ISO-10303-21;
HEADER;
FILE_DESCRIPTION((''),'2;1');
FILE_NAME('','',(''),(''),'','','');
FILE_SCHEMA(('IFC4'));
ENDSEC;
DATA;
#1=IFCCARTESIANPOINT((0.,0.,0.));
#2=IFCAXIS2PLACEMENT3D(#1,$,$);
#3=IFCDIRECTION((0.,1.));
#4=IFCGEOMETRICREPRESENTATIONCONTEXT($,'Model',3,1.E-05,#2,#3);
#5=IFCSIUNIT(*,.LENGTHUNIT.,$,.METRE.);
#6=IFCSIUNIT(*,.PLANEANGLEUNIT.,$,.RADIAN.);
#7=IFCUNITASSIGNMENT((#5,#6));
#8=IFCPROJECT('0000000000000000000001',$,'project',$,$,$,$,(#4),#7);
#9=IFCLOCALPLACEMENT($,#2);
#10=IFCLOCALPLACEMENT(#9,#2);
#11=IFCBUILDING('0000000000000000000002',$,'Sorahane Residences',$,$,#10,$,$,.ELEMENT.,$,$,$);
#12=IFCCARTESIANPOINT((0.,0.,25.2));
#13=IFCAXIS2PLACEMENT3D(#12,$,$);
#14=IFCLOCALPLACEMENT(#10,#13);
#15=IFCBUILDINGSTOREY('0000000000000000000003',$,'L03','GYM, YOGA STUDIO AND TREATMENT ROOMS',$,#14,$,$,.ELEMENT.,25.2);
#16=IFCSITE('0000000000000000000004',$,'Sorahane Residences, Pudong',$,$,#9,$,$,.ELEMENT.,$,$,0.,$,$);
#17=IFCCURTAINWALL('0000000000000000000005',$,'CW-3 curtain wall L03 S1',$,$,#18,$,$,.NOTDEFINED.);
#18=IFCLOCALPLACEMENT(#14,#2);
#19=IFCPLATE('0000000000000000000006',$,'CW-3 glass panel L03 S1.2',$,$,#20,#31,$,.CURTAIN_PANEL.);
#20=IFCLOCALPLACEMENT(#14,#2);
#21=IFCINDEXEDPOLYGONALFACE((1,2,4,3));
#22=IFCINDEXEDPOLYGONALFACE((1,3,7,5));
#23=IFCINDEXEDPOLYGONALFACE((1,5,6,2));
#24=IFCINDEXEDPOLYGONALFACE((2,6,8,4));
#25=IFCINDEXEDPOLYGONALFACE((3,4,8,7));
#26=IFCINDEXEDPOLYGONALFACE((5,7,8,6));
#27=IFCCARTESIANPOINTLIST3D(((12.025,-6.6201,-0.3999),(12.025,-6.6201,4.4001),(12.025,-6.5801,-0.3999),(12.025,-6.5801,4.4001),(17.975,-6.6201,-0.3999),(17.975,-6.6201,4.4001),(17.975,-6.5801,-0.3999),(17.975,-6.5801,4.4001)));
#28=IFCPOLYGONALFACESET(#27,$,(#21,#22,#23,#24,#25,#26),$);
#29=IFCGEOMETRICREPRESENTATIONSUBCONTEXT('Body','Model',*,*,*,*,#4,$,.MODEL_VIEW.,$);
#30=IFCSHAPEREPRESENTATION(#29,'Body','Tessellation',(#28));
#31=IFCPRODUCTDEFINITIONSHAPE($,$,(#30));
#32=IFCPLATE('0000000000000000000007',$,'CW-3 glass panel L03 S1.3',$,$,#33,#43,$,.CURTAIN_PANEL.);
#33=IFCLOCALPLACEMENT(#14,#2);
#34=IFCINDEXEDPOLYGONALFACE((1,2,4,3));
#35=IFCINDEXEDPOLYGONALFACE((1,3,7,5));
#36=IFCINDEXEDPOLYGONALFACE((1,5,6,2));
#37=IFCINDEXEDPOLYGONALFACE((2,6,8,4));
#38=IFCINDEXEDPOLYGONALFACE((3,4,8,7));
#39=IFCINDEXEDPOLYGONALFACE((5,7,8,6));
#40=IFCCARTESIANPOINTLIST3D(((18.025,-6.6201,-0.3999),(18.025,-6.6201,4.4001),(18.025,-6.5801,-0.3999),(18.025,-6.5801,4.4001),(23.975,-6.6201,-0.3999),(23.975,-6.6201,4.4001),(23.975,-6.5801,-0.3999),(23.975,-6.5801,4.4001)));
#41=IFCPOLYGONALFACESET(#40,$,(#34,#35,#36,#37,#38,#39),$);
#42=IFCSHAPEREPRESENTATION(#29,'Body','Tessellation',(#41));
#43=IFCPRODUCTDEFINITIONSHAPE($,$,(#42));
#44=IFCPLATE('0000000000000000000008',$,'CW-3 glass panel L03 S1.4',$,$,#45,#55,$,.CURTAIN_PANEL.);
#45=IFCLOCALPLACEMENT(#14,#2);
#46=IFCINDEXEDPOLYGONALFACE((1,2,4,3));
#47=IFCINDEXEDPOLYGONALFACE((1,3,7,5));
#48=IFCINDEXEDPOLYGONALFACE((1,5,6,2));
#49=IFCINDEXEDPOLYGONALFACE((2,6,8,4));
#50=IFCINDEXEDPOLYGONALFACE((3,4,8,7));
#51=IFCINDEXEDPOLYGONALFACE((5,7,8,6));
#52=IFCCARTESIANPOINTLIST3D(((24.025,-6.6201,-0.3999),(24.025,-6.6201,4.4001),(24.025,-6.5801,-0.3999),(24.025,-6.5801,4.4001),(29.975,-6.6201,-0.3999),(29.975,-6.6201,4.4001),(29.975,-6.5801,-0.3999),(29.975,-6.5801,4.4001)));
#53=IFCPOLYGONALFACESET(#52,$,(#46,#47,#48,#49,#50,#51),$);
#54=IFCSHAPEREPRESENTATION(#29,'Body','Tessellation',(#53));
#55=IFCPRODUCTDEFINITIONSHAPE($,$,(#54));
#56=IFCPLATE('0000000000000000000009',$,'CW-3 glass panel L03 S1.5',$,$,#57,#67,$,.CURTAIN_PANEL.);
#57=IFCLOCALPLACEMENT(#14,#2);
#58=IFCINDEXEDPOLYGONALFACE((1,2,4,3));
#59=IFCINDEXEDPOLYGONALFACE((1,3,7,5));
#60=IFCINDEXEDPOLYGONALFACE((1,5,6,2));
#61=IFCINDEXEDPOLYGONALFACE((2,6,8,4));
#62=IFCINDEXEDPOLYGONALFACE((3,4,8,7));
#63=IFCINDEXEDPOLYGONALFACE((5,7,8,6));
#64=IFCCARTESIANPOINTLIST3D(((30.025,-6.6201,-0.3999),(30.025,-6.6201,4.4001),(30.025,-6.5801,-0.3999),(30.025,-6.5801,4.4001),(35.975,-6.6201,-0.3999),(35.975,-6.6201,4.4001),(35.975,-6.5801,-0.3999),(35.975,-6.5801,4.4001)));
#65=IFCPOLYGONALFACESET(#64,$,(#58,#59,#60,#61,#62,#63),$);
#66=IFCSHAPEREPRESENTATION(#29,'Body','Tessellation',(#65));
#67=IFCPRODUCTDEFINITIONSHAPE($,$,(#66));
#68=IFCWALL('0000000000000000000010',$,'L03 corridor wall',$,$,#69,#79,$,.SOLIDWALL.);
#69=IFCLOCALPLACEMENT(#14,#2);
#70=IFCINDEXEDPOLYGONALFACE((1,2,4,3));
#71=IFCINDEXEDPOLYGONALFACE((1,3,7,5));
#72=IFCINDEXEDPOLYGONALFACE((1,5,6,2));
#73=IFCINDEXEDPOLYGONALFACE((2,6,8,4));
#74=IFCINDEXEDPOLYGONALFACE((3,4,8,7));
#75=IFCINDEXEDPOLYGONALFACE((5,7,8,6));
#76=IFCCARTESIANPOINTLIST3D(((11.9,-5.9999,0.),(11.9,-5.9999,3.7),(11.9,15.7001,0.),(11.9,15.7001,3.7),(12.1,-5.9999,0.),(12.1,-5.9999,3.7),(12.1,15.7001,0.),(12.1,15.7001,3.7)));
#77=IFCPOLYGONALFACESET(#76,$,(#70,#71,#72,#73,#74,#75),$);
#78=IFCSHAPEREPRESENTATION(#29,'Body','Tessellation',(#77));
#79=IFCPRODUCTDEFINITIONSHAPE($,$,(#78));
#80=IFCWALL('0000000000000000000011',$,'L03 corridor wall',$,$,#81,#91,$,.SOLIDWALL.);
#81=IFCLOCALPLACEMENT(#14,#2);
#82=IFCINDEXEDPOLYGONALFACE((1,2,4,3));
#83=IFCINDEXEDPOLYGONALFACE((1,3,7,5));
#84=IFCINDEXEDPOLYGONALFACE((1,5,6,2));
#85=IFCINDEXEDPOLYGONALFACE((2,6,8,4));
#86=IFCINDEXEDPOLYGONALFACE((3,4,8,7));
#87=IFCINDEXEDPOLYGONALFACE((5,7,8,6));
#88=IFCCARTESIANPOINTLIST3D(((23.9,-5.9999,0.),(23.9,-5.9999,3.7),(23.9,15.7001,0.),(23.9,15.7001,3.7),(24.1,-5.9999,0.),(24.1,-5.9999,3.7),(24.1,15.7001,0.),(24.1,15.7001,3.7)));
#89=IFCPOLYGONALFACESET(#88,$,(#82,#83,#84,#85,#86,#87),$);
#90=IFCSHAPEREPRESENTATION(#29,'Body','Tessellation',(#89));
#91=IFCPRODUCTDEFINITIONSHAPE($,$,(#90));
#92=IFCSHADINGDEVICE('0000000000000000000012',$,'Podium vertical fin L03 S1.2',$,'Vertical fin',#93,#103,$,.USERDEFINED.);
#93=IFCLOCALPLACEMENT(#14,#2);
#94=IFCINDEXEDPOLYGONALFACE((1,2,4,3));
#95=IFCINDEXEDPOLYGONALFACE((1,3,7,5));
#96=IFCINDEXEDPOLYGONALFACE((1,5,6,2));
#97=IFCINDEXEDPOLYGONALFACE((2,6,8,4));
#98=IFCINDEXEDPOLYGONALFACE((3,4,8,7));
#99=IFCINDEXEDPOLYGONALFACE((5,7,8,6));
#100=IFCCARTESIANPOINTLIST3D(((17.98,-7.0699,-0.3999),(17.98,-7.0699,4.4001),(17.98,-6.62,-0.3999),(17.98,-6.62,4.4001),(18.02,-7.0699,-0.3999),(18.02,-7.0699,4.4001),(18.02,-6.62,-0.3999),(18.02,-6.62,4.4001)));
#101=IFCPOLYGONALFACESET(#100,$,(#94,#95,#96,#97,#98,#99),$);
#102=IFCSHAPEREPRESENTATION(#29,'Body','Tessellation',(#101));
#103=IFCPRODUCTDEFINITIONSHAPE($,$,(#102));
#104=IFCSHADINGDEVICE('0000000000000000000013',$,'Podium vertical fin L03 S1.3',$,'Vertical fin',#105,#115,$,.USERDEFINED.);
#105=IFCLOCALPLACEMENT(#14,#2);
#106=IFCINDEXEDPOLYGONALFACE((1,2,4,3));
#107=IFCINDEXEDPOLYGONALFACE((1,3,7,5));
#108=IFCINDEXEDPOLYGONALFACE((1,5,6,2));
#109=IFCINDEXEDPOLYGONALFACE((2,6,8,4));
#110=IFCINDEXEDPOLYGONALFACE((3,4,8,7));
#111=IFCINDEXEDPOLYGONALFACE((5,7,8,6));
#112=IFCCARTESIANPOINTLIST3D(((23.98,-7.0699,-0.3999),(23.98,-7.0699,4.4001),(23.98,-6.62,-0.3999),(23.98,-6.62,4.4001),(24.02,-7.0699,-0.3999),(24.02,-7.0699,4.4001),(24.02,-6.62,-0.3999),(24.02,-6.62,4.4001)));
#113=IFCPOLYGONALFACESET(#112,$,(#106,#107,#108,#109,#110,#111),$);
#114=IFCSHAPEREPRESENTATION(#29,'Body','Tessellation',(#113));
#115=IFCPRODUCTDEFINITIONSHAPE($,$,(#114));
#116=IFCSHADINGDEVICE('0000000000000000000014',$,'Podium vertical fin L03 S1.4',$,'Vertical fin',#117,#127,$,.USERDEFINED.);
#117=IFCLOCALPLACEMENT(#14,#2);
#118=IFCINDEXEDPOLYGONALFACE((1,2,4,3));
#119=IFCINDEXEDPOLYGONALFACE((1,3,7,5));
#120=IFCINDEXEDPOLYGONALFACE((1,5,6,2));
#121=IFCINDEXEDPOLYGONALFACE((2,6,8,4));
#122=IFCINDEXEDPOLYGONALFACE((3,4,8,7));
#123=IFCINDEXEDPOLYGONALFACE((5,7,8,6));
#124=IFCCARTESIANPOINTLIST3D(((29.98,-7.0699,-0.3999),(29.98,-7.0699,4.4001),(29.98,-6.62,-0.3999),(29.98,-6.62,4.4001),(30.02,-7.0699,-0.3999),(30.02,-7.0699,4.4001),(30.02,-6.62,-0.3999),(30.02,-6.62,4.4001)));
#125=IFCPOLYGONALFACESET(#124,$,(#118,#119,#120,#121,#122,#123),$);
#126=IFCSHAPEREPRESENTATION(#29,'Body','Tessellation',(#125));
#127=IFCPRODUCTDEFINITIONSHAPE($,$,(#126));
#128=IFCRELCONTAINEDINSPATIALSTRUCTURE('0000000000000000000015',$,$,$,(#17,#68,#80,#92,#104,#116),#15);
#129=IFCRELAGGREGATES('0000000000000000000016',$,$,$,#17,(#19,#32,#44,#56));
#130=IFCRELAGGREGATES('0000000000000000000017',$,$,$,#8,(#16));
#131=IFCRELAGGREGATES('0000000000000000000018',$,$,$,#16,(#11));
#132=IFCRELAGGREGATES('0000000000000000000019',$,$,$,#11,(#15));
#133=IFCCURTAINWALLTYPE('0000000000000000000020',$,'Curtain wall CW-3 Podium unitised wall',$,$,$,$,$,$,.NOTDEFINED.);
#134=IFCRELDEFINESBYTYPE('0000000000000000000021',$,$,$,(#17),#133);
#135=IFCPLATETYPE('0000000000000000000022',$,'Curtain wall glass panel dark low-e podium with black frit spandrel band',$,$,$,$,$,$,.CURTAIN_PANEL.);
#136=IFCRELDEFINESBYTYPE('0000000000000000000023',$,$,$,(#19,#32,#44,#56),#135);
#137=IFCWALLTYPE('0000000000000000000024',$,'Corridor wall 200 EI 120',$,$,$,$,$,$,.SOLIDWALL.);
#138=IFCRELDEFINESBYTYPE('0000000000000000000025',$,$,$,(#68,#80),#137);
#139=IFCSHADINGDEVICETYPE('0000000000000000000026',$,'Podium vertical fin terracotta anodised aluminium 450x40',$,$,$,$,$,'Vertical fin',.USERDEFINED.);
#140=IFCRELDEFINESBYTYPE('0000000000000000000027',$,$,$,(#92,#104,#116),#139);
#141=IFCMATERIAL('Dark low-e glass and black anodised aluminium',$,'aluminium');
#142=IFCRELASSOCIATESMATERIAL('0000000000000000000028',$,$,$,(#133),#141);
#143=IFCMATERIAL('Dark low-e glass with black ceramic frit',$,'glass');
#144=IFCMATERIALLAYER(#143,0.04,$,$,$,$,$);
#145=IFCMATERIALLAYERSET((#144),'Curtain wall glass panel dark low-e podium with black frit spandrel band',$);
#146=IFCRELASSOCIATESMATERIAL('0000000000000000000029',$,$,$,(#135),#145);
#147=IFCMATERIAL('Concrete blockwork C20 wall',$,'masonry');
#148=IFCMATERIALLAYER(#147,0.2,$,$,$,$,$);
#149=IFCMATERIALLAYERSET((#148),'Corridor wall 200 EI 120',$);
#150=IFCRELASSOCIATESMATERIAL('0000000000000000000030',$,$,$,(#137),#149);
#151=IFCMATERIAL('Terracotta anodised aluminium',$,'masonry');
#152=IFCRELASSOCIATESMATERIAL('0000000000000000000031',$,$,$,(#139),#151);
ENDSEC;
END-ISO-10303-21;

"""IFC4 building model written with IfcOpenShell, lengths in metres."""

from ifc_helpers import new_model, si_unit, direction, frame, frame_2d, origin, origin_2d, place, context, subcontext, project, spatial, rectangle, extrude, material, layer, layer_set, material_profile, profile_set, type_object, element, aggregate, save


model = new_model("IFC4")

# Units and contexts
model_context = context("Model", 3, precision=1e-05, world=origin(), true_north=direction((0.0, 1.0)))
body_context = subcontext(model_context, "Body", "Model", "MODEL_VIEW")
ifc_project = project(units=[si_unit("LENGTHUNIT", "METRE"), si_unit("PLANEANGLEUNIT", "RADIAN")], contexts=[model_context])

# Site, building, storey
site_placement = place(None, origin())
site = spatial("IfcSite", under=ifc_project, at=site_placement, Name="Sorahane Residences, Pudong", CompositionType="ELEMENT", RefElevation=0.0)
building_placement = place(site_placement, origin())
building = spatial("IfcBuilding", under=site, at=building_placement, Name="Sorahane Residences", CompositionType="ELEMENT")
storey_placement = place(building_placement, frame((0.0, 0.0, 25.2)))
storey = spatial("IfcBuildingStorey", under=building, at=storey_placement, Name="L03", Description="GYM, YOGA STUDIO AND TREATMENT ROOMS", CompositionType="ELEMENT", Elevation=25.2)

# Curtain wall
ifc_material_1 = material(Name="Dark low-e glass and black anodised aluminium", Category="aluminium")
curtain_wall_type = type_object("IfcCurtainWallType", Name="Curtain wall CW-3 Podium unitised wall", PredefinedType="NOTDEFINED", material=ifc_material_1)
curtain_wall_placement = place(storey_placement, origin())
curtain_wall = element("IfcCurtainWall", 1, at=curtain_wall_placement, inside=storey, type_object=curtain_wall_type, Name="CW-3 curtain wall L03 S1", PredefinedType="NOTDEFINED")

# Plates
ifc_material_2 = material(Name="Dark low-e glass with black ceramic frit", Category="glass")
ifc_layer_1 = layer(ifc_material_2, 0.04)
ifc_layer_set_1 = layer_set([ifc_layer_1], Name="Curtain wall glass panel dark low-e podium with black frit spandrel band")
plate_type = type_object("IfcPlateType", Name="Curtain wall glass panel dark low-e podium with black frit spandrel band", PredefinedType="CURTAIN_PANEL", material=ifc_layer_set_1)
plate_1_placement = place(storey_placement, frame((15.0, -6.6001, -0.3999), z_axis=(0.0, 0.0, 1.0), x_axis=(1.0, 0.0, 0.0)))
plate_1 = element("IfcPlate", 2, at=plate_1_placement, type_object=plate_type, Name="CW-3 glass panel L03 S1.2", PredefinedType="CURTAIN_PANEL", context=body_context, shape_type="SweptSolid", body=[
    extrude(rectangle(XDim=5.95, YDim=0.04, at=origin_2d()), origin(), (0.0, 0.0, 1.0), 4.8),
])
plate_2_placement = place(storey_placement, frame((21.0, -6.6001, -0.3999), z_axis=(0.0, 0.0, 1.0), x_axis=(1.0, 0.0, 0.0)))
plate_2 = element("IfcPlate", 3, at=plate_2_placement, type_object=plate_type, Name="CW-3 glass panel L03 S1.3", PredefinedType="CURTAIN_PANEL", context=body_context, shape_type="SweptSolid", body=[
    extrude(rectangle(XDim=5.95, YDim=0.04, at=origin_2d()), origin(), (0.0, 0.0, 1.0), 4.8),
])
plate_3_placement = place(storey_placement, frame((27.0, -6.6001, -0.3999), z_axis=(0.0, 0.0, 1.0), x_axis=(1.0, 0.0, 0.0)))
plate_3 = element("IfcPlate", 4, at=plate_3_placement, type_object=plate_type, Name="CW-3 glass panel L03 S1.4", PredefinedType="CURTAIN_PANEL", context=body_context, shape_type="SweptSolid", body=[
    extrude(rectangle(XDim=5.95, YDim=0.04, at=origin_2d()), origin(), (0.0, 0.0, 1.0), 4.8),
])
plate_4_placement = place(storey_placement, frame((33.0, -6.6001, -0.3999), z_axis=(0.0, 0.0, 1.0), x_axis=(1.0, 0.0, 0.0)))
plate_4 = element("IfcPlate", 5, at=plate_4_placement, type_object=plate_type, Name="CW-3 glass panel L03 S1.5", PredefinedType="CURTAIN_PANEL", context=body_context, shape_type="SweptSolid", body=[
    extrude(rectangle(XDim=5.95, YDim=0.04, at=origin_2d()), origin(), (0.0, 0.0, 1.0), 4.8),
])
aggregate(curtain_wall, [plate_1, plate_2, plate_3, plate_4])

# Walls
ifc_material_3 = material(Name="Concrete blockwork C20 wall", Category="masonry")
ifc_layer_2 = layer(ifc_material_3, 0.2)
ifc_layer_set_2 = layer_set([ifc_layer_2], Name="Corridor wall 200 EI 120")
wall_type = type_object("IfcWallType", Name="Corridor wall 200 EI 120", PredefinedType="SOLIDWALL", material=ifc_layer_set_2)
for number, where, z_axis, x_axis, name in (
    (6, (12.0, -6.0, 0.0), (0.0, 0.0, 1.0), (0.0, 1.0, 0.0), "L03 corridor wall"),
    (7, (24.0, -6.0, 0.0), (0.0, 0.0, 1.0), (0.0, 1.0, 0.0), "L03 corridor wall"),
):
    element("IfcWall", number, at=place(storey_placement, frame(where, z_axis=z_axis, x_axis=x_axis)), inside=storey, type_object=wall_type, Name=name, PredefinedType="SOLIDWALL", context=body_context, shape_type="SweptSolid", body=[
        extrude(rectangle(XDim=21.7, YDim=0.2, at=frame_2d((10.8501, 0.0))), origin(), (0.0, 0.0, 1.0), 3.7),
    ])

# Shading devices
ifc_material_4 = material(Name="Terracotta anodised aluminium", Category="masonry")
ifc_material_profile_1 = material_profile(ifc_material_4, rectangle(XDim=0.45, YDim=0.04, at=origin_2d()), Name="Podium vertical fin terracotta anodised aluminium 450x40")
ifc_profile_set_1 = profile_set([ifc_material_profile_1], Name="Terracotta anodised aluminium")
shading_device_type = type_object("IfcShadingDeviceType", Name="Podium vertical fin terracotta anodised aluminium 450x40", ElementType="Vertical fin", PredefinedType="USERDEFINED", material=ifc_profile_set_1)
for number, where, z_axis, x_axis, name in (
    (8, (18.0, -6.845, -0.3999), (0.0, 0.0, 1.0), (0.0, -1.0, 0.0), "Podium vertical fin L03 S1.2"),
    (9, (24.0, -6.845, -0.3999), (0.0, 0.0, 1.0), (0.0, -1.0, 0.0), "Podium vertical fin L03 S1.3"),
    (10, (30.0, -6.845, -0.3999), (0.0, 0.0, 1.0), (0.0, -1.0, 0.0), "Podium vertical fin L03 S1.4"),
):
    element("IfcShadingDevice", number, at=place(storey_placement, frame(where, z_axis=z_axis, x_axis=x_axis)), inside=storey, type_object=shading_device_type, Name=name, ObjectType="Vertical fin", PredefinedType="USERDEFINED", context=body_context, shape_type="SweptSolid", body=[
        extrude(rectangle(XDim=0.45, YDim=0.04, at=origin_2d()), origin(), (0.0, 0.0, 1.0), 4.8),
    ])

save(model, "model.ifc")
